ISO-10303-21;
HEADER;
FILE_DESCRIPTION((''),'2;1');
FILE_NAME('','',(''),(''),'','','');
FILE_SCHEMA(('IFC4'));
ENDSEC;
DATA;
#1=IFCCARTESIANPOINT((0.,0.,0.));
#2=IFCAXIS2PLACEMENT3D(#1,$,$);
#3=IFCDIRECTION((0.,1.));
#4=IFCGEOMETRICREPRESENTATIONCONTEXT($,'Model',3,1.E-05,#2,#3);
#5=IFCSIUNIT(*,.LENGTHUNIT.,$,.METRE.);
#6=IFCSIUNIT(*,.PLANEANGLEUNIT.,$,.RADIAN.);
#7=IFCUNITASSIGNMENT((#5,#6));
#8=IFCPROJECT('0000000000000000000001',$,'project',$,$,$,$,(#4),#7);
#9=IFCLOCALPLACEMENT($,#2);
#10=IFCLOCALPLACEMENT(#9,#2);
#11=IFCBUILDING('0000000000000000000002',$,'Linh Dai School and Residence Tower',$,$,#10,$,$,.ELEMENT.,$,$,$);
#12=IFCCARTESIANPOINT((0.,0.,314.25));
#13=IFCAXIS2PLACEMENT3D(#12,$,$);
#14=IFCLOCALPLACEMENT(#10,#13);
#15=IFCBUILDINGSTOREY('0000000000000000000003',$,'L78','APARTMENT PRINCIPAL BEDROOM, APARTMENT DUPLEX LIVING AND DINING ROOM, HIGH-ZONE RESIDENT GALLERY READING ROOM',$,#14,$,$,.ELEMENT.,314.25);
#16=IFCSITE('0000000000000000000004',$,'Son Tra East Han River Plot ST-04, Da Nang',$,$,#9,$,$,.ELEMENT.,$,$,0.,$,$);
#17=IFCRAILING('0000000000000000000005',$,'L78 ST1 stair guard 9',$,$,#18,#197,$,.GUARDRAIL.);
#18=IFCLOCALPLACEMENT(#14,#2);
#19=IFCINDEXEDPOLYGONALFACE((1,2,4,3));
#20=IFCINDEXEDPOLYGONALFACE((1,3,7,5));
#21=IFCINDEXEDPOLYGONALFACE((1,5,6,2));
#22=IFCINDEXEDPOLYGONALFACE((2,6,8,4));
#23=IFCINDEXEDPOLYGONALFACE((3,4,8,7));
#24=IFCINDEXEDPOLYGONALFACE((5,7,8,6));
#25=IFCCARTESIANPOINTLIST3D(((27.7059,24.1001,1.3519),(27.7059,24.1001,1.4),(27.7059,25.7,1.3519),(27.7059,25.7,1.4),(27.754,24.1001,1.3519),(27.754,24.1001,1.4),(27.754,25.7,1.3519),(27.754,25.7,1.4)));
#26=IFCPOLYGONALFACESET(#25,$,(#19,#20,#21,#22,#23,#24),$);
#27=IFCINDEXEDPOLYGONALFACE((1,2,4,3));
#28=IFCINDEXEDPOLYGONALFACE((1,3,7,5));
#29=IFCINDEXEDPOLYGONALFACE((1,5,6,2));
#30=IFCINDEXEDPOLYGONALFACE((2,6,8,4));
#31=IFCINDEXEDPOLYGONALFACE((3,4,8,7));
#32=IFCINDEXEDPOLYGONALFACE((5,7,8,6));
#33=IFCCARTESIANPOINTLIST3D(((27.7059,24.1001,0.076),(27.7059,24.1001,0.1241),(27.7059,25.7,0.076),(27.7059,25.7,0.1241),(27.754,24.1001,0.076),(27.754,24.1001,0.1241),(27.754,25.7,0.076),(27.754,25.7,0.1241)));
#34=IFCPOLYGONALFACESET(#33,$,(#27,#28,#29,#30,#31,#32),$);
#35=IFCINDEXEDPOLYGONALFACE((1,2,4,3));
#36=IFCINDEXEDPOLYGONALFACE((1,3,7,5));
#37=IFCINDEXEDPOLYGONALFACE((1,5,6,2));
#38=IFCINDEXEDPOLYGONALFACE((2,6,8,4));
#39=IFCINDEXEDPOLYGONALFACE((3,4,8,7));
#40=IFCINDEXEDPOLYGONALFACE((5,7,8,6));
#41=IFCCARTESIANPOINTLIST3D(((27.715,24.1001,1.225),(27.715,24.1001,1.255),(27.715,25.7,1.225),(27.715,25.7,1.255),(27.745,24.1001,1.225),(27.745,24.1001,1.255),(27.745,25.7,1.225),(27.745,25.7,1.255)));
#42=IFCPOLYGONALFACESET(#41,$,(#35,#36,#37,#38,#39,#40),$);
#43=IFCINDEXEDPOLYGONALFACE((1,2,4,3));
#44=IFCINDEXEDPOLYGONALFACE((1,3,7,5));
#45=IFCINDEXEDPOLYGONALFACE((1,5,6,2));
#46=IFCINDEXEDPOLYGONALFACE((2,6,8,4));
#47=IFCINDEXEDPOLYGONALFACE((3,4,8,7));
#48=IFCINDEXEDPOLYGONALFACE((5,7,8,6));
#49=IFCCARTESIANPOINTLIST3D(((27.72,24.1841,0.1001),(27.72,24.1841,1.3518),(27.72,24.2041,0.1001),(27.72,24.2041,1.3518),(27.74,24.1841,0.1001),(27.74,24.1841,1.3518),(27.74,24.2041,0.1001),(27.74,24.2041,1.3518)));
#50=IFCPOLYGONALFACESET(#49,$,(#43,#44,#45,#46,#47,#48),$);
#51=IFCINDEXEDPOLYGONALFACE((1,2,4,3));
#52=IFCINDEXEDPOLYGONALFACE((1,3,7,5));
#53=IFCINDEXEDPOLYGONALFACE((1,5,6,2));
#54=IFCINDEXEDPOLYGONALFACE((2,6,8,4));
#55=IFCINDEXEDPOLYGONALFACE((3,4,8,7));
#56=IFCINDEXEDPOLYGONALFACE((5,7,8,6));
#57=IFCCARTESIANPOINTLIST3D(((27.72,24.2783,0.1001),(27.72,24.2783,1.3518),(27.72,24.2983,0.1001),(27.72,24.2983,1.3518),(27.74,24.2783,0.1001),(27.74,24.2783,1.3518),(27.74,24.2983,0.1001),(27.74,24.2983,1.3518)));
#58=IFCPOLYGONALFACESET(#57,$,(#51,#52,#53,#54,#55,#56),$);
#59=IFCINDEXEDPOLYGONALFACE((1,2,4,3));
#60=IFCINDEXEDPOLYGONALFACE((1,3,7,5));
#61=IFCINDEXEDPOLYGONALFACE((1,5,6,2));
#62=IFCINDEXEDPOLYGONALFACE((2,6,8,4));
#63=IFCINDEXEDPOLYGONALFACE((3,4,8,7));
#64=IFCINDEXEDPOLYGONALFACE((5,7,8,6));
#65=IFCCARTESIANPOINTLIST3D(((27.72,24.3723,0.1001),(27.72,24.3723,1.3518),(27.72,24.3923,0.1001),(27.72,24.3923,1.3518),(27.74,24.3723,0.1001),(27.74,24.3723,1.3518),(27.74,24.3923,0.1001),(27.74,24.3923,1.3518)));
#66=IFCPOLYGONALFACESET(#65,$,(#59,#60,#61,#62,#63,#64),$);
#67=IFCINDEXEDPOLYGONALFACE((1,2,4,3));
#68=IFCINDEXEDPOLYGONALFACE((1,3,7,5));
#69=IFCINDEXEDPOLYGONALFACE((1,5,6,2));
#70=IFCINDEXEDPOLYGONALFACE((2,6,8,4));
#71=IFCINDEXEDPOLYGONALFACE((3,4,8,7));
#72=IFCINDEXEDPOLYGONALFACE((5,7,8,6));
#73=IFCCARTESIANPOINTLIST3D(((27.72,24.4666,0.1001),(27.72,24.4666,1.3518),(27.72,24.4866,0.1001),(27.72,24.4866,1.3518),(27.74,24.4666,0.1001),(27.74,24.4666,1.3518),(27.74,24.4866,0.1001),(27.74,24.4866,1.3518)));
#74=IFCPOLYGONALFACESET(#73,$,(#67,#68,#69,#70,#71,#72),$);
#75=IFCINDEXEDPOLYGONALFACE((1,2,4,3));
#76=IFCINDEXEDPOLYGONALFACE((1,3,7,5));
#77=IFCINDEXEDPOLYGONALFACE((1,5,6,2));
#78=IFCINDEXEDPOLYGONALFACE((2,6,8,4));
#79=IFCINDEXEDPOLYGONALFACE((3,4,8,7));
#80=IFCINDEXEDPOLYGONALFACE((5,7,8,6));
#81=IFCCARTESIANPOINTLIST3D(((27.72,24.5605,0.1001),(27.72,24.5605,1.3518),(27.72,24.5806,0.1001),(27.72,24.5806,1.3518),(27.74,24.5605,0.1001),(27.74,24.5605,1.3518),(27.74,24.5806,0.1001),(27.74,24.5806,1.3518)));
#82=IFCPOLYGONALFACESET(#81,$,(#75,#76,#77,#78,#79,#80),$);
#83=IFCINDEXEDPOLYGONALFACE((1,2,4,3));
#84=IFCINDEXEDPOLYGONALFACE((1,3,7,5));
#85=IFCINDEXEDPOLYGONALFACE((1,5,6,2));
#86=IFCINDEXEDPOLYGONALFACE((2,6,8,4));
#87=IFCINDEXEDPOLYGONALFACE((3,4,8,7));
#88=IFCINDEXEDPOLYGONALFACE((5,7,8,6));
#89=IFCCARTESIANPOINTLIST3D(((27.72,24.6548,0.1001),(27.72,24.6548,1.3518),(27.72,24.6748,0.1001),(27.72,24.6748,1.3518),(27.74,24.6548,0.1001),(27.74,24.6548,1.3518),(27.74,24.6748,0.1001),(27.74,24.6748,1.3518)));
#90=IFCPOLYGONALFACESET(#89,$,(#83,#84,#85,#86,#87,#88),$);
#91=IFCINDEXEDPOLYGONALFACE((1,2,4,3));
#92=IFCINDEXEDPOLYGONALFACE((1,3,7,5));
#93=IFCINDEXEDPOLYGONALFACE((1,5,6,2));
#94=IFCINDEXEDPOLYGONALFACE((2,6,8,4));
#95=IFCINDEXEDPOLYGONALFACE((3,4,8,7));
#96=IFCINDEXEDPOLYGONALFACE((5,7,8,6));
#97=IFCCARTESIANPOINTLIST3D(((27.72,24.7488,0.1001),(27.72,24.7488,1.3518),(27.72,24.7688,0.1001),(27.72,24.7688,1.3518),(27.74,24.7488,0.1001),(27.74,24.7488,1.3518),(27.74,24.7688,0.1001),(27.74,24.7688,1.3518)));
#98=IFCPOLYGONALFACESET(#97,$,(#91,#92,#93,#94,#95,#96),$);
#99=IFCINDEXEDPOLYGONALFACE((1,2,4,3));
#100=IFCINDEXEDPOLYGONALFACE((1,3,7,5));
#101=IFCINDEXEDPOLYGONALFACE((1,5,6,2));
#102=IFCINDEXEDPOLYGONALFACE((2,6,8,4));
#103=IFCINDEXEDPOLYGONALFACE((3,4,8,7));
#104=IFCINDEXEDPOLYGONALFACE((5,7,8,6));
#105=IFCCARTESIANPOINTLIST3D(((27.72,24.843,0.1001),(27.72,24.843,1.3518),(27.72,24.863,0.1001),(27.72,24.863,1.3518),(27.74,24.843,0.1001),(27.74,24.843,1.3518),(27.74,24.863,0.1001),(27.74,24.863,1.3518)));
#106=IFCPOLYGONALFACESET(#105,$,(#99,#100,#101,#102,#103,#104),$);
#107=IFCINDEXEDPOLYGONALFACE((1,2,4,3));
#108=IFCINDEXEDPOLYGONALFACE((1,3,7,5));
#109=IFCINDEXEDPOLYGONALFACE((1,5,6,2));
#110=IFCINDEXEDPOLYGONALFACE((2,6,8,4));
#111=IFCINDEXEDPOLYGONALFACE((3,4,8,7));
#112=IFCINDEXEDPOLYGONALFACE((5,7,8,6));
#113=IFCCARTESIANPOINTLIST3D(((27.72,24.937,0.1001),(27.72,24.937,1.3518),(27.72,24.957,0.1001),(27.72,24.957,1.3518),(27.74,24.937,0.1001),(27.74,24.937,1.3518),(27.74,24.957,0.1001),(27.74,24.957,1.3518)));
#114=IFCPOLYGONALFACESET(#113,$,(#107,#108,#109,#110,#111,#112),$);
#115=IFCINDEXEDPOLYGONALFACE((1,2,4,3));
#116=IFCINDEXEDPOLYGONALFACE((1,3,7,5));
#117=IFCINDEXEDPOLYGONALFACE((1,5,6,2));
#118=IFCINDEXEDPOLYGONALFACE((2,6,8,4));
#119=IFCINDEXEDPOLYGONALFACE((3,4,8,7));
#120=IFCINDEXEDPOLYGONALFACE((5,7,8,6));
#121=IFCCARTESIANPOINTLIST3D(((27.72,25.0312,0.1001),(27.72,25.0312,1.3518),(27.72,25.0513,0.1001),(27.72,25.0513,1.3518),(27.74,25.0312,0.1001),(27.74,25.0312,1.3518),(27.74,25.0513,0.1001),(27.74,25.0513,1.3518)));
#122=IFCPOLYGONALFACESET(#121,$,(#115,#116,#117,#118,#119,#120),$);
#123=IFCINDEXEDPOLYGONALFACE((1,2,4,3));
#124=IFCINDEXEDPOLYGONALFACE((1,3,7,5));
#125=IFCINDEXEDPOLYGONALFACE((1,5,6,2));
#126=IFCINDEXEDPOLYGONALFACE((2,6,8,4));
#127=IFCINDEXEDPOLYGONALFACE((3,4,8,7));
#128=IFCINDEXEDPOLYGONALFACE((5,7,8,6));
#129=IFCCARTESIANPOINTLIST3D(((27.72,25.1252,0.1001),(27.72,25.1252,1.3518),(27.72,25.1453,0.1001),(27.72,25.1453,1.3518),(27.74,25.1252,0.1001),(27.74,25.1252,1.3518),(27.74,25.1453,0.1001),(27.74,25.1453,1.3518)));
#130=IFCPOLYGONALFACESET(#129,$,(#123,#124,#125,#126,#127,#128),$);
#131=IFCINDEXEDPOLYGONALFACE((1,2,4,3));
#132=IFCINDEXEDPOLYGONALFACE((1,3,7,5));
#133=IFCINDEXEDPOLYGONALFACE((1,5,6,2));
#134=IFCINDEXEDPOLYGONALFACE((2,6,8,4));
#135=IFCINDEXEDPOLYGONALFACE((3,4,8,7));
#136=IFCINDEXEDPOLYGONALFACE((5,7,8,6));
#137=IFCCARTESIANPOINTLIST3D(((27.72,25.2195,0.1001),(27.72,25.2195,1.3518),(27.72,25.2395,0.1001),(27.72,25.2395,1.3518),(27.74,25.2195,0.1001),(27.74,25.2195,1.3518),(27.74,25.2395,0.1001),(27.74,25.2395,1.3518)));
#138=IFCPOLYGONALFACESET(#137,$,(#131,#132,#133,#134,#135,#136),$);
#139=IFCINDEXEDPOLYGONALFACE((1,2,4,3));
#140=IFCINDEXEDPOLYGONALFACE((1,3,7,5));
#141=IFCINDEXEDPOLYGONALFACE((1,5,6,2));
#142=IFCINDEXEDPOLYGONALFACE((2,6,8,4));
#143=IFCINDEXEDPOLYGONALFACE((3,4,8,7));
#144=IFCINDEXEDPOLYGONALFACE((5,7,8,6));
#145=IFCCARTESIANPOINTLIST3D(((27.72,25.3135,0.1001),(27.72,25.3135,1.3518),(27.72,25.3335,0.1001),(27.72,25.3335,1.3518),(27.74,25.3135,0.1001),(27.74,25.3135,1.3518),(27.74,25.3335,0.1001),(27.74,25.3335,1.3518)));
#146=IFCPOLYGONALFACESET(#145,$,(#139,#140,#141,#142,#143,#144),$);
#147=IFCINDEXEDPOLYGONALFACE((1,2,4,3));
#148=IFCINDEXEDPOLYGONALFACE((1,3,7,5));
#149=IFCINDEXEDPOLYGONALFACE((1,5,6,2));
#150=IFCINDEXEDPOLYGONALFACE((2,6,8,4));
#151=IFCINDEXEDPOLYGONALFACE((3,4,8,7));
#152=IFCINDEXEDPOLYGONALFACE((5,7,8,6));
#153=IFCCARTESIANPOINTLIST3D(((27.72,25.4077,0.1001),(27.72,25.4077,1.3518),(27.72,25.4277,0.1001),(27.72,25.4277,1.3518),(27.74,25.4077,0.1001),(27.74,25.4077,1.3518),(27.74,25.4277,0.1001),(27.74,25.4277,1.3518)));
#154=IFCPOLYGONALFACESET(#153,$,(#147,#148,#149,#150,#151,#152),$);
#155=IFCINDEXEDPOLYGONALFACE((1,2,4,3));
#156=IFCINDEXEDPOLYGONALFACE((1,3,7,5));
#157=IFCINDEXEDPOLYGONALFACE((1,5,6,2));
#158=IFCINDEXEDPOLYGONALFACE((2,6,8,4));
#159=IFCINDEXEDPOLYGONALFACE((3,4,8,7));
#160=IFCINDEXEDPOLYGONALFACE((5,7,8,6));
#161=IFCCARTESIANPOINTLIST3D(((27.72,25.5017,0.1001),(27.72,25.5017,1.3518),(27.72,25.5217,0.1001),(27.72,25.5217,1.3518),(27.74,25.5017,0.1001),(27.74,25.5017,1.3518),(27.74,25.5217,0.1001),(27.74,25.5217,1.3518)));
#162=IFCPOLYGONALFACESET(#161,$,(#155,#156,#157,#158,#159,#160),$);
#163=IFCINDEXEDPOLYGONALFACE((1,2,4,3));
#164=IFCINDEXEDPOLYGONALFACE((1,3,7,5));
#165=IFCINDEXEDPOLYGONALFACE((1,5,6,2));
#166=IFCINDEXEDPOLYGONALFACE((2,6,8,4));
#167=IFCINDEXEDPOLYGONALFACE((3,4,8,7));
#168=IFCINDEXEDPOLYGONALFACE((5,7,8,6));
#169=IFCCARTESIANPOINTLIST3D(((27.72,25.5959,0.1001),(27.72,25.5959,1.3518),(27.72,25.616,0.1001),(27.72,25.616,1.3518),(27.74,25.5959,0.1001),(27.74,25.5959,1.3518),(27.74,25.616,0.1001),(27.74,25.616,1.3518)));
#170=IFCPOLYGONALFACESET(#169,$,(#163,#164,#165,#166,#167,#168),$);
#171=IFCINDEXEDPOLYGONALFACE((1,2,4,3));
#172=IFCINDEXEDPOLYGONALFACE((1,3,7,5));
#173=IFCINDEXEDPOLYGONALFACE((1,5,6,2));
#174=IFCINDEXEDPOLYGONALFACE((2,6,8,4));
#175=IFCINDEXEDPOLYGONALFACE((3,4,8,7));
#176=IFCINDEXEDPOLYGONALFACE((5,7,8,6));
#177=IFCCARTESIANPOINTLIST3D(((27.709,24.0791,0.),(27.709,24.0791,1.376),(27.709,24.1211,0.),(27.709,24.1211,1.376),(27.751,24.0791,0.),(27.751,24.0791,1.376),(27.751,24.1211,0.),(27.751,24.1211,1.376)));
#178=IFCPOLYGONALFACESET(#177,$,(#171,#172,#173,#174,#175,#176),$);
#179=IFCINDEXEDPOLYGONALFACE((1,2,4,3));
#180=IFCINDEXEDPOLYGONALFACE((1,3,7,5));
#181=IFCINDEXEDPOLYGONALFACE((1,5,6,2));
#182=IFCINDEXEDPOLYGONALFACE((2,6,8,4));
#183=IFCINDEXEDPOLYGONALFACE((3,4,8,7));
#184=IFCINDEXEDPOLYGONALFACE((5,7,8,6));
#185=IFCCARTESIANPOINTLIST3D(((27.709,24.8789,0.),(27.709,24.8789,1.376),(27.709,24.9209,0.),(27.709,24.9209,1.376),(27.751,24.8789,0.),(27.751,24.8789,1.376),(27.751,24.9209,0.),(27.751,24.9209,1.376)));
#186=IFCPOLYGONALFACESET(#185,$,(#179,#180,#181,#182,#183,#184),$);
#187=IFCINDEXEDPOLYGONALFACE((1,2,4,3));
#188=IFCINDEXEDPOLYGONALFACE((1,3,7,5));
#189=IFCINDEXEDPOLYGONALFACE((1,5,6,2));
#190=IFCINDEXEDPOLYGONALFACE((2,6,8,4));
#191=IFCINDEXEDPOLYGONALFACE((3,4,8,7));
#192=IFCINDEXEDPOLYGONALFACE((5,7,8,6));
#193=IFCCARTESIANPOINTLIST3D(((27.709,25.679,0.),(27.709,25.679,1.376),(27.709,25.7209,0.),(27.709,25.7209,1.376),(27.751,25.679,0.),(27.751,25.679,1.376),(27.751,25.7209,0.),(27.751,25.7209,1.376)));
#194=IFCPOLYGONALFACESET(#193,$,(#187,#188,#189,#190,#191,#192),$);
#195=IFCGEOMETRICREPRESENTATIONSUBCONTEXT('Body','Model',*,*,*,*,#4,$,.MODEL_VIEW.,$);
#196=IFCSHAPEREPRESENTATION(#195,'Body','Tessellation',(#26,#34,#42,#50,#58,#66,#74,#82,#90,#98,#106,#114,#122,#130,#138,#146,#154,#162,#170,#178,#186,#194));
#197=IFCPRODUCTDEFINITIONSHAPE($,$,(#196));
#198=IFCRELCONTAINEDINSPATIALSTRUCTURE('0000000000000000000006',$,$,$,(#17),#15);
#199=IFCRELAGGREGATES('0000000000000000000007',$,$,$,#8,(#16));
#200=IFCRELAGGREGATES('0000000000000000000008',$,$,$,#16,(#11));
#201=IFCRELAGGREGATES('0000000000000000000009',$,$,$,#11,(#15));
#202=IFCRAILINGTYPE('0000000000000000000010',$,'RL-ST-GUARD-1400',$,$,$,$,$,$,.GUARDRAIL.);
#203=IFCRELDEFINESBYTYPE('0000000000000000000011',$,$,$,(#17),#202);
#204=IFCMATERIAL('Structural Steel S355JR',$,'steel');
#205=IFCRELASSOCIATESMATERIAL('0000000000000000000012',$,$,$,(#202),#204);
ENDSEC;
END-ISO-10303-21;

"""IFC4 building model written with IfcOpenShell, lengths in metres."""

from ifc_helpers import new_model, si_unit, direction, frame, origin, origin_2d, place, context, subcontext, project, spatial, rectangle, extrude, source, transform, mapped, material, type_object, element, save


model = new_model("IFC4")

# Units and contexts
model_context = context("Model", 3, precision=1e-05, world=origin(), true_north=direction((0.0, 1.0)))
body_context = subcontext(model_context, "Body", "Model", "MODEL_VIEW")
ifc_project = project(units=[si_unit("LENGTHUNIT", "METRE"), si_unit("PLANEANGLEUNIT", "RADIAN")], contexts=[model_context])

# Site, building, storey
site_placement = place(None, origin())
site = spatial("IfcSite", under=ifc_project, at=site_placement, Name="Son Tra East Han River Plot ST-04, Da Nang", CompositionType="ELEMENT", RefElevation=0.0)
building_placement = place(site_placement, origin())
building = spatial("IfcBuilding", under=site, at=building_placement, Name="Linh Dai School and Residence Tower", CompositionType="ELEMENT")
storey_placement = place(building_placement, frame((0.0, 0.0, 314.25)))
storey = spatial("IfcBuildingStorey", under=building, at=storey_placement, Name="L78", Description="APARTMENT PRINCIPAL BEDROOM, APARTMENT DUPLEX LIVING AND DINING ROOM, HIGH-ZONE RESIDENT GALLERY READING ROOM", CompositionType="ELEMENT", Elevation=314.25)

# Shared definitions
ifc_material_1 = material(Name="Structural Steel S355JR", Category="steel")

# Railing
railing_type_1 = type_object("IfcRailingType", Name="RL-ST-GUARD-1400", PredefinedType="GUARDRAIL", material=ifc_material_1)
shared_shape_1 = source(origin(), body_context, "Body", "SweptSolid", [
    extrude(rectangle(XDim=0.0481, YDim=0.0481, at=origin_2d()), frame((0.0, 0.0, 1.376), z_axis=(0.0, 1.0, 0.0), x_axis=(-1.0, 0.0, 0.0)), (0.0, 0.0, 1.0), 1.5999),
    extrude(rectangle(XDim=0.0481, YDim=0.0481, at=origin_2d()), frame((0.0, 0.0, 0.1001), z_axis=(0.0, 1.0, 0.0), x_axis=(-1.0, 0.0, 0.0)), (0.0, 0.0, 1.0), 1.5999),
    extrude(rectangle(XDim=0.03, YDim=0.03, at=origin_2d()), frame((0.0, 0.0, 1.24), z_axis=(0.0, 1.0, 0.0), x_axis=(-1.0, 0.0, 0.0)), (0.0, 0.0, 1.0), 1.5999),
    extrude(rectangle(XDim=0.02, YDim=0.02, at=origin_2d()), frame((0.0, 0.094, 0.1001)), (0.0, 0.0, 1.0), 1.2517),
    extrude(rectangle(XDim=0.02, YDim=0.02, at=origin_2d()), frame((0.0, 0.1882, 0.1001)), (0.0, 0.0, 1.0), 1.2517),
    extrude(rectangle(XDim=0.02, YDim=0.02, at=origin_2d()), frame((0.0, 0.2822, 0.1001)), (0.0, 0.0, 1.0), 1.2517),
    extrude(rectangle(XDim=0.02, YDim=0.02, at=origin_2d()), frame((0.0, 0.3765, 0.1001)), (0.0, 0.0, 1.0), 1.2517),
    extrude(rectangle(XDim=0.02, YDim=0.02, at=origin_2d()), frame((0.0, 0.4705, 0.1001)), (0.0, 0.0, 1.0), 1.2517),
    extrude(rectangle(XDim=0.02, YDim=0.02, at=origin_2d()), frame((0.0, 0.5647, 0.1001)), (0.0, 0.0, 1.0), 1.2517),
    extrude(rectangle(XDim=0.02, YDim=0.02, at=origin_2d()), frame((0.0, 0.6587, 0.1001)), (0.0, 0.0, 1.0), 1.2517),
    extrude(rectangle(XDim=0.02, YDim=0.02, at=origin_2d()), frame((0.0, 0.7529, 0.1001)), (0.0, 0.0, 1.0), 1.2517),
    extrude(rectangle(XDim=0.02, YDim=0.02, at=origin_2d()), frame((0.0, 0.8469, 0.1001)), (0.0, 0.0, 1.0), 1.2517),
    extrude(rectangle(XDim=0.02, YDim=0.02, at=origin_2d()), frame((0.0, 0.9412, 0.1001)), (0.0, 0.0, 1.0), 1.2517),
    extrude(rectangle(XDim=0.02, YDim=0.02, at=origin_2d()), frame((0.0, 1.0352, 0.1001)), (0.0, 0.0, 1.0), 1.2517),
    extrude(rectangle(XDim=0.02, YDim=0.02, at=origin_2d()), frame((0.0, 1.1294, 0.1001)), (0.0, 0.0, 1.0), 1.2517),
    extrude(rectangle(XDim=0.02, YDim=0.02, at=origin_2d()), frame((0.0, 1.2234, 0.1001)), (0.0, 0.0, 1.0), 1.2517),
    extrude(rectangle(XDim=0.02, YDim=0.02, at=origin_2d()), frame((0.0, 1.3176, 0.1001)), (0.0, 0.0, 1.0), 1.2517),
    extrude(rectangle(XDim=0.02, YDim=0.02, at=origin_2d()), frame((0.0, 1.4116, 0.1001)), (0.0, 0.0, 1.0), 1.2517),
    extrude(rectangle(XDim=0.02, YDim=0.02, at=origin_2d()), frame((0.0, 1.5059, 0.1001)), (0.0, 0.0, 1.0), 1.2517),
    extrude(rectangle(XDim=0.042, YDim=0.042, at=origin_2d()), origin(), (0.0, 0.0, 1.0), 1.376),
    extrude(rectangle(XDim=0.042, YDim=0.042, at=origin_2d()), frame((0.0, 0.7998, 0.0)), (0.0, 0.0, 1.0), 1.376),
    extrude(rectangle(XDim=0.042, YDim=0.042, at=origin_2d()), frame((0.0, 1.5999, 0.0)), (0.0, 0.0, 1.0), 1.376),
])
for number, where, name in (
    (1, (27.73, 24.1001, 0.0), "L78 ST1 stair guard 9"),
):
    element("IfcRailing", number, at=place(storey_placement, frame(where)), inside=storey, type_object=railing_type_1, Name=name, PredefinedType="GUARDRAIL", context=body_context, shape_type="MappedRepresentation", body=[
        mapped(shared_shape_1, transform((0.0, 0.0, 0.0), x_axis=(1.0, 0.0, 0.0), y_axis=(0.0, 1.0, 0.0), z_axis=(0.0, 0.0, 1.0), scale=1.0)),
    ])

save(model, "model.ifc")
